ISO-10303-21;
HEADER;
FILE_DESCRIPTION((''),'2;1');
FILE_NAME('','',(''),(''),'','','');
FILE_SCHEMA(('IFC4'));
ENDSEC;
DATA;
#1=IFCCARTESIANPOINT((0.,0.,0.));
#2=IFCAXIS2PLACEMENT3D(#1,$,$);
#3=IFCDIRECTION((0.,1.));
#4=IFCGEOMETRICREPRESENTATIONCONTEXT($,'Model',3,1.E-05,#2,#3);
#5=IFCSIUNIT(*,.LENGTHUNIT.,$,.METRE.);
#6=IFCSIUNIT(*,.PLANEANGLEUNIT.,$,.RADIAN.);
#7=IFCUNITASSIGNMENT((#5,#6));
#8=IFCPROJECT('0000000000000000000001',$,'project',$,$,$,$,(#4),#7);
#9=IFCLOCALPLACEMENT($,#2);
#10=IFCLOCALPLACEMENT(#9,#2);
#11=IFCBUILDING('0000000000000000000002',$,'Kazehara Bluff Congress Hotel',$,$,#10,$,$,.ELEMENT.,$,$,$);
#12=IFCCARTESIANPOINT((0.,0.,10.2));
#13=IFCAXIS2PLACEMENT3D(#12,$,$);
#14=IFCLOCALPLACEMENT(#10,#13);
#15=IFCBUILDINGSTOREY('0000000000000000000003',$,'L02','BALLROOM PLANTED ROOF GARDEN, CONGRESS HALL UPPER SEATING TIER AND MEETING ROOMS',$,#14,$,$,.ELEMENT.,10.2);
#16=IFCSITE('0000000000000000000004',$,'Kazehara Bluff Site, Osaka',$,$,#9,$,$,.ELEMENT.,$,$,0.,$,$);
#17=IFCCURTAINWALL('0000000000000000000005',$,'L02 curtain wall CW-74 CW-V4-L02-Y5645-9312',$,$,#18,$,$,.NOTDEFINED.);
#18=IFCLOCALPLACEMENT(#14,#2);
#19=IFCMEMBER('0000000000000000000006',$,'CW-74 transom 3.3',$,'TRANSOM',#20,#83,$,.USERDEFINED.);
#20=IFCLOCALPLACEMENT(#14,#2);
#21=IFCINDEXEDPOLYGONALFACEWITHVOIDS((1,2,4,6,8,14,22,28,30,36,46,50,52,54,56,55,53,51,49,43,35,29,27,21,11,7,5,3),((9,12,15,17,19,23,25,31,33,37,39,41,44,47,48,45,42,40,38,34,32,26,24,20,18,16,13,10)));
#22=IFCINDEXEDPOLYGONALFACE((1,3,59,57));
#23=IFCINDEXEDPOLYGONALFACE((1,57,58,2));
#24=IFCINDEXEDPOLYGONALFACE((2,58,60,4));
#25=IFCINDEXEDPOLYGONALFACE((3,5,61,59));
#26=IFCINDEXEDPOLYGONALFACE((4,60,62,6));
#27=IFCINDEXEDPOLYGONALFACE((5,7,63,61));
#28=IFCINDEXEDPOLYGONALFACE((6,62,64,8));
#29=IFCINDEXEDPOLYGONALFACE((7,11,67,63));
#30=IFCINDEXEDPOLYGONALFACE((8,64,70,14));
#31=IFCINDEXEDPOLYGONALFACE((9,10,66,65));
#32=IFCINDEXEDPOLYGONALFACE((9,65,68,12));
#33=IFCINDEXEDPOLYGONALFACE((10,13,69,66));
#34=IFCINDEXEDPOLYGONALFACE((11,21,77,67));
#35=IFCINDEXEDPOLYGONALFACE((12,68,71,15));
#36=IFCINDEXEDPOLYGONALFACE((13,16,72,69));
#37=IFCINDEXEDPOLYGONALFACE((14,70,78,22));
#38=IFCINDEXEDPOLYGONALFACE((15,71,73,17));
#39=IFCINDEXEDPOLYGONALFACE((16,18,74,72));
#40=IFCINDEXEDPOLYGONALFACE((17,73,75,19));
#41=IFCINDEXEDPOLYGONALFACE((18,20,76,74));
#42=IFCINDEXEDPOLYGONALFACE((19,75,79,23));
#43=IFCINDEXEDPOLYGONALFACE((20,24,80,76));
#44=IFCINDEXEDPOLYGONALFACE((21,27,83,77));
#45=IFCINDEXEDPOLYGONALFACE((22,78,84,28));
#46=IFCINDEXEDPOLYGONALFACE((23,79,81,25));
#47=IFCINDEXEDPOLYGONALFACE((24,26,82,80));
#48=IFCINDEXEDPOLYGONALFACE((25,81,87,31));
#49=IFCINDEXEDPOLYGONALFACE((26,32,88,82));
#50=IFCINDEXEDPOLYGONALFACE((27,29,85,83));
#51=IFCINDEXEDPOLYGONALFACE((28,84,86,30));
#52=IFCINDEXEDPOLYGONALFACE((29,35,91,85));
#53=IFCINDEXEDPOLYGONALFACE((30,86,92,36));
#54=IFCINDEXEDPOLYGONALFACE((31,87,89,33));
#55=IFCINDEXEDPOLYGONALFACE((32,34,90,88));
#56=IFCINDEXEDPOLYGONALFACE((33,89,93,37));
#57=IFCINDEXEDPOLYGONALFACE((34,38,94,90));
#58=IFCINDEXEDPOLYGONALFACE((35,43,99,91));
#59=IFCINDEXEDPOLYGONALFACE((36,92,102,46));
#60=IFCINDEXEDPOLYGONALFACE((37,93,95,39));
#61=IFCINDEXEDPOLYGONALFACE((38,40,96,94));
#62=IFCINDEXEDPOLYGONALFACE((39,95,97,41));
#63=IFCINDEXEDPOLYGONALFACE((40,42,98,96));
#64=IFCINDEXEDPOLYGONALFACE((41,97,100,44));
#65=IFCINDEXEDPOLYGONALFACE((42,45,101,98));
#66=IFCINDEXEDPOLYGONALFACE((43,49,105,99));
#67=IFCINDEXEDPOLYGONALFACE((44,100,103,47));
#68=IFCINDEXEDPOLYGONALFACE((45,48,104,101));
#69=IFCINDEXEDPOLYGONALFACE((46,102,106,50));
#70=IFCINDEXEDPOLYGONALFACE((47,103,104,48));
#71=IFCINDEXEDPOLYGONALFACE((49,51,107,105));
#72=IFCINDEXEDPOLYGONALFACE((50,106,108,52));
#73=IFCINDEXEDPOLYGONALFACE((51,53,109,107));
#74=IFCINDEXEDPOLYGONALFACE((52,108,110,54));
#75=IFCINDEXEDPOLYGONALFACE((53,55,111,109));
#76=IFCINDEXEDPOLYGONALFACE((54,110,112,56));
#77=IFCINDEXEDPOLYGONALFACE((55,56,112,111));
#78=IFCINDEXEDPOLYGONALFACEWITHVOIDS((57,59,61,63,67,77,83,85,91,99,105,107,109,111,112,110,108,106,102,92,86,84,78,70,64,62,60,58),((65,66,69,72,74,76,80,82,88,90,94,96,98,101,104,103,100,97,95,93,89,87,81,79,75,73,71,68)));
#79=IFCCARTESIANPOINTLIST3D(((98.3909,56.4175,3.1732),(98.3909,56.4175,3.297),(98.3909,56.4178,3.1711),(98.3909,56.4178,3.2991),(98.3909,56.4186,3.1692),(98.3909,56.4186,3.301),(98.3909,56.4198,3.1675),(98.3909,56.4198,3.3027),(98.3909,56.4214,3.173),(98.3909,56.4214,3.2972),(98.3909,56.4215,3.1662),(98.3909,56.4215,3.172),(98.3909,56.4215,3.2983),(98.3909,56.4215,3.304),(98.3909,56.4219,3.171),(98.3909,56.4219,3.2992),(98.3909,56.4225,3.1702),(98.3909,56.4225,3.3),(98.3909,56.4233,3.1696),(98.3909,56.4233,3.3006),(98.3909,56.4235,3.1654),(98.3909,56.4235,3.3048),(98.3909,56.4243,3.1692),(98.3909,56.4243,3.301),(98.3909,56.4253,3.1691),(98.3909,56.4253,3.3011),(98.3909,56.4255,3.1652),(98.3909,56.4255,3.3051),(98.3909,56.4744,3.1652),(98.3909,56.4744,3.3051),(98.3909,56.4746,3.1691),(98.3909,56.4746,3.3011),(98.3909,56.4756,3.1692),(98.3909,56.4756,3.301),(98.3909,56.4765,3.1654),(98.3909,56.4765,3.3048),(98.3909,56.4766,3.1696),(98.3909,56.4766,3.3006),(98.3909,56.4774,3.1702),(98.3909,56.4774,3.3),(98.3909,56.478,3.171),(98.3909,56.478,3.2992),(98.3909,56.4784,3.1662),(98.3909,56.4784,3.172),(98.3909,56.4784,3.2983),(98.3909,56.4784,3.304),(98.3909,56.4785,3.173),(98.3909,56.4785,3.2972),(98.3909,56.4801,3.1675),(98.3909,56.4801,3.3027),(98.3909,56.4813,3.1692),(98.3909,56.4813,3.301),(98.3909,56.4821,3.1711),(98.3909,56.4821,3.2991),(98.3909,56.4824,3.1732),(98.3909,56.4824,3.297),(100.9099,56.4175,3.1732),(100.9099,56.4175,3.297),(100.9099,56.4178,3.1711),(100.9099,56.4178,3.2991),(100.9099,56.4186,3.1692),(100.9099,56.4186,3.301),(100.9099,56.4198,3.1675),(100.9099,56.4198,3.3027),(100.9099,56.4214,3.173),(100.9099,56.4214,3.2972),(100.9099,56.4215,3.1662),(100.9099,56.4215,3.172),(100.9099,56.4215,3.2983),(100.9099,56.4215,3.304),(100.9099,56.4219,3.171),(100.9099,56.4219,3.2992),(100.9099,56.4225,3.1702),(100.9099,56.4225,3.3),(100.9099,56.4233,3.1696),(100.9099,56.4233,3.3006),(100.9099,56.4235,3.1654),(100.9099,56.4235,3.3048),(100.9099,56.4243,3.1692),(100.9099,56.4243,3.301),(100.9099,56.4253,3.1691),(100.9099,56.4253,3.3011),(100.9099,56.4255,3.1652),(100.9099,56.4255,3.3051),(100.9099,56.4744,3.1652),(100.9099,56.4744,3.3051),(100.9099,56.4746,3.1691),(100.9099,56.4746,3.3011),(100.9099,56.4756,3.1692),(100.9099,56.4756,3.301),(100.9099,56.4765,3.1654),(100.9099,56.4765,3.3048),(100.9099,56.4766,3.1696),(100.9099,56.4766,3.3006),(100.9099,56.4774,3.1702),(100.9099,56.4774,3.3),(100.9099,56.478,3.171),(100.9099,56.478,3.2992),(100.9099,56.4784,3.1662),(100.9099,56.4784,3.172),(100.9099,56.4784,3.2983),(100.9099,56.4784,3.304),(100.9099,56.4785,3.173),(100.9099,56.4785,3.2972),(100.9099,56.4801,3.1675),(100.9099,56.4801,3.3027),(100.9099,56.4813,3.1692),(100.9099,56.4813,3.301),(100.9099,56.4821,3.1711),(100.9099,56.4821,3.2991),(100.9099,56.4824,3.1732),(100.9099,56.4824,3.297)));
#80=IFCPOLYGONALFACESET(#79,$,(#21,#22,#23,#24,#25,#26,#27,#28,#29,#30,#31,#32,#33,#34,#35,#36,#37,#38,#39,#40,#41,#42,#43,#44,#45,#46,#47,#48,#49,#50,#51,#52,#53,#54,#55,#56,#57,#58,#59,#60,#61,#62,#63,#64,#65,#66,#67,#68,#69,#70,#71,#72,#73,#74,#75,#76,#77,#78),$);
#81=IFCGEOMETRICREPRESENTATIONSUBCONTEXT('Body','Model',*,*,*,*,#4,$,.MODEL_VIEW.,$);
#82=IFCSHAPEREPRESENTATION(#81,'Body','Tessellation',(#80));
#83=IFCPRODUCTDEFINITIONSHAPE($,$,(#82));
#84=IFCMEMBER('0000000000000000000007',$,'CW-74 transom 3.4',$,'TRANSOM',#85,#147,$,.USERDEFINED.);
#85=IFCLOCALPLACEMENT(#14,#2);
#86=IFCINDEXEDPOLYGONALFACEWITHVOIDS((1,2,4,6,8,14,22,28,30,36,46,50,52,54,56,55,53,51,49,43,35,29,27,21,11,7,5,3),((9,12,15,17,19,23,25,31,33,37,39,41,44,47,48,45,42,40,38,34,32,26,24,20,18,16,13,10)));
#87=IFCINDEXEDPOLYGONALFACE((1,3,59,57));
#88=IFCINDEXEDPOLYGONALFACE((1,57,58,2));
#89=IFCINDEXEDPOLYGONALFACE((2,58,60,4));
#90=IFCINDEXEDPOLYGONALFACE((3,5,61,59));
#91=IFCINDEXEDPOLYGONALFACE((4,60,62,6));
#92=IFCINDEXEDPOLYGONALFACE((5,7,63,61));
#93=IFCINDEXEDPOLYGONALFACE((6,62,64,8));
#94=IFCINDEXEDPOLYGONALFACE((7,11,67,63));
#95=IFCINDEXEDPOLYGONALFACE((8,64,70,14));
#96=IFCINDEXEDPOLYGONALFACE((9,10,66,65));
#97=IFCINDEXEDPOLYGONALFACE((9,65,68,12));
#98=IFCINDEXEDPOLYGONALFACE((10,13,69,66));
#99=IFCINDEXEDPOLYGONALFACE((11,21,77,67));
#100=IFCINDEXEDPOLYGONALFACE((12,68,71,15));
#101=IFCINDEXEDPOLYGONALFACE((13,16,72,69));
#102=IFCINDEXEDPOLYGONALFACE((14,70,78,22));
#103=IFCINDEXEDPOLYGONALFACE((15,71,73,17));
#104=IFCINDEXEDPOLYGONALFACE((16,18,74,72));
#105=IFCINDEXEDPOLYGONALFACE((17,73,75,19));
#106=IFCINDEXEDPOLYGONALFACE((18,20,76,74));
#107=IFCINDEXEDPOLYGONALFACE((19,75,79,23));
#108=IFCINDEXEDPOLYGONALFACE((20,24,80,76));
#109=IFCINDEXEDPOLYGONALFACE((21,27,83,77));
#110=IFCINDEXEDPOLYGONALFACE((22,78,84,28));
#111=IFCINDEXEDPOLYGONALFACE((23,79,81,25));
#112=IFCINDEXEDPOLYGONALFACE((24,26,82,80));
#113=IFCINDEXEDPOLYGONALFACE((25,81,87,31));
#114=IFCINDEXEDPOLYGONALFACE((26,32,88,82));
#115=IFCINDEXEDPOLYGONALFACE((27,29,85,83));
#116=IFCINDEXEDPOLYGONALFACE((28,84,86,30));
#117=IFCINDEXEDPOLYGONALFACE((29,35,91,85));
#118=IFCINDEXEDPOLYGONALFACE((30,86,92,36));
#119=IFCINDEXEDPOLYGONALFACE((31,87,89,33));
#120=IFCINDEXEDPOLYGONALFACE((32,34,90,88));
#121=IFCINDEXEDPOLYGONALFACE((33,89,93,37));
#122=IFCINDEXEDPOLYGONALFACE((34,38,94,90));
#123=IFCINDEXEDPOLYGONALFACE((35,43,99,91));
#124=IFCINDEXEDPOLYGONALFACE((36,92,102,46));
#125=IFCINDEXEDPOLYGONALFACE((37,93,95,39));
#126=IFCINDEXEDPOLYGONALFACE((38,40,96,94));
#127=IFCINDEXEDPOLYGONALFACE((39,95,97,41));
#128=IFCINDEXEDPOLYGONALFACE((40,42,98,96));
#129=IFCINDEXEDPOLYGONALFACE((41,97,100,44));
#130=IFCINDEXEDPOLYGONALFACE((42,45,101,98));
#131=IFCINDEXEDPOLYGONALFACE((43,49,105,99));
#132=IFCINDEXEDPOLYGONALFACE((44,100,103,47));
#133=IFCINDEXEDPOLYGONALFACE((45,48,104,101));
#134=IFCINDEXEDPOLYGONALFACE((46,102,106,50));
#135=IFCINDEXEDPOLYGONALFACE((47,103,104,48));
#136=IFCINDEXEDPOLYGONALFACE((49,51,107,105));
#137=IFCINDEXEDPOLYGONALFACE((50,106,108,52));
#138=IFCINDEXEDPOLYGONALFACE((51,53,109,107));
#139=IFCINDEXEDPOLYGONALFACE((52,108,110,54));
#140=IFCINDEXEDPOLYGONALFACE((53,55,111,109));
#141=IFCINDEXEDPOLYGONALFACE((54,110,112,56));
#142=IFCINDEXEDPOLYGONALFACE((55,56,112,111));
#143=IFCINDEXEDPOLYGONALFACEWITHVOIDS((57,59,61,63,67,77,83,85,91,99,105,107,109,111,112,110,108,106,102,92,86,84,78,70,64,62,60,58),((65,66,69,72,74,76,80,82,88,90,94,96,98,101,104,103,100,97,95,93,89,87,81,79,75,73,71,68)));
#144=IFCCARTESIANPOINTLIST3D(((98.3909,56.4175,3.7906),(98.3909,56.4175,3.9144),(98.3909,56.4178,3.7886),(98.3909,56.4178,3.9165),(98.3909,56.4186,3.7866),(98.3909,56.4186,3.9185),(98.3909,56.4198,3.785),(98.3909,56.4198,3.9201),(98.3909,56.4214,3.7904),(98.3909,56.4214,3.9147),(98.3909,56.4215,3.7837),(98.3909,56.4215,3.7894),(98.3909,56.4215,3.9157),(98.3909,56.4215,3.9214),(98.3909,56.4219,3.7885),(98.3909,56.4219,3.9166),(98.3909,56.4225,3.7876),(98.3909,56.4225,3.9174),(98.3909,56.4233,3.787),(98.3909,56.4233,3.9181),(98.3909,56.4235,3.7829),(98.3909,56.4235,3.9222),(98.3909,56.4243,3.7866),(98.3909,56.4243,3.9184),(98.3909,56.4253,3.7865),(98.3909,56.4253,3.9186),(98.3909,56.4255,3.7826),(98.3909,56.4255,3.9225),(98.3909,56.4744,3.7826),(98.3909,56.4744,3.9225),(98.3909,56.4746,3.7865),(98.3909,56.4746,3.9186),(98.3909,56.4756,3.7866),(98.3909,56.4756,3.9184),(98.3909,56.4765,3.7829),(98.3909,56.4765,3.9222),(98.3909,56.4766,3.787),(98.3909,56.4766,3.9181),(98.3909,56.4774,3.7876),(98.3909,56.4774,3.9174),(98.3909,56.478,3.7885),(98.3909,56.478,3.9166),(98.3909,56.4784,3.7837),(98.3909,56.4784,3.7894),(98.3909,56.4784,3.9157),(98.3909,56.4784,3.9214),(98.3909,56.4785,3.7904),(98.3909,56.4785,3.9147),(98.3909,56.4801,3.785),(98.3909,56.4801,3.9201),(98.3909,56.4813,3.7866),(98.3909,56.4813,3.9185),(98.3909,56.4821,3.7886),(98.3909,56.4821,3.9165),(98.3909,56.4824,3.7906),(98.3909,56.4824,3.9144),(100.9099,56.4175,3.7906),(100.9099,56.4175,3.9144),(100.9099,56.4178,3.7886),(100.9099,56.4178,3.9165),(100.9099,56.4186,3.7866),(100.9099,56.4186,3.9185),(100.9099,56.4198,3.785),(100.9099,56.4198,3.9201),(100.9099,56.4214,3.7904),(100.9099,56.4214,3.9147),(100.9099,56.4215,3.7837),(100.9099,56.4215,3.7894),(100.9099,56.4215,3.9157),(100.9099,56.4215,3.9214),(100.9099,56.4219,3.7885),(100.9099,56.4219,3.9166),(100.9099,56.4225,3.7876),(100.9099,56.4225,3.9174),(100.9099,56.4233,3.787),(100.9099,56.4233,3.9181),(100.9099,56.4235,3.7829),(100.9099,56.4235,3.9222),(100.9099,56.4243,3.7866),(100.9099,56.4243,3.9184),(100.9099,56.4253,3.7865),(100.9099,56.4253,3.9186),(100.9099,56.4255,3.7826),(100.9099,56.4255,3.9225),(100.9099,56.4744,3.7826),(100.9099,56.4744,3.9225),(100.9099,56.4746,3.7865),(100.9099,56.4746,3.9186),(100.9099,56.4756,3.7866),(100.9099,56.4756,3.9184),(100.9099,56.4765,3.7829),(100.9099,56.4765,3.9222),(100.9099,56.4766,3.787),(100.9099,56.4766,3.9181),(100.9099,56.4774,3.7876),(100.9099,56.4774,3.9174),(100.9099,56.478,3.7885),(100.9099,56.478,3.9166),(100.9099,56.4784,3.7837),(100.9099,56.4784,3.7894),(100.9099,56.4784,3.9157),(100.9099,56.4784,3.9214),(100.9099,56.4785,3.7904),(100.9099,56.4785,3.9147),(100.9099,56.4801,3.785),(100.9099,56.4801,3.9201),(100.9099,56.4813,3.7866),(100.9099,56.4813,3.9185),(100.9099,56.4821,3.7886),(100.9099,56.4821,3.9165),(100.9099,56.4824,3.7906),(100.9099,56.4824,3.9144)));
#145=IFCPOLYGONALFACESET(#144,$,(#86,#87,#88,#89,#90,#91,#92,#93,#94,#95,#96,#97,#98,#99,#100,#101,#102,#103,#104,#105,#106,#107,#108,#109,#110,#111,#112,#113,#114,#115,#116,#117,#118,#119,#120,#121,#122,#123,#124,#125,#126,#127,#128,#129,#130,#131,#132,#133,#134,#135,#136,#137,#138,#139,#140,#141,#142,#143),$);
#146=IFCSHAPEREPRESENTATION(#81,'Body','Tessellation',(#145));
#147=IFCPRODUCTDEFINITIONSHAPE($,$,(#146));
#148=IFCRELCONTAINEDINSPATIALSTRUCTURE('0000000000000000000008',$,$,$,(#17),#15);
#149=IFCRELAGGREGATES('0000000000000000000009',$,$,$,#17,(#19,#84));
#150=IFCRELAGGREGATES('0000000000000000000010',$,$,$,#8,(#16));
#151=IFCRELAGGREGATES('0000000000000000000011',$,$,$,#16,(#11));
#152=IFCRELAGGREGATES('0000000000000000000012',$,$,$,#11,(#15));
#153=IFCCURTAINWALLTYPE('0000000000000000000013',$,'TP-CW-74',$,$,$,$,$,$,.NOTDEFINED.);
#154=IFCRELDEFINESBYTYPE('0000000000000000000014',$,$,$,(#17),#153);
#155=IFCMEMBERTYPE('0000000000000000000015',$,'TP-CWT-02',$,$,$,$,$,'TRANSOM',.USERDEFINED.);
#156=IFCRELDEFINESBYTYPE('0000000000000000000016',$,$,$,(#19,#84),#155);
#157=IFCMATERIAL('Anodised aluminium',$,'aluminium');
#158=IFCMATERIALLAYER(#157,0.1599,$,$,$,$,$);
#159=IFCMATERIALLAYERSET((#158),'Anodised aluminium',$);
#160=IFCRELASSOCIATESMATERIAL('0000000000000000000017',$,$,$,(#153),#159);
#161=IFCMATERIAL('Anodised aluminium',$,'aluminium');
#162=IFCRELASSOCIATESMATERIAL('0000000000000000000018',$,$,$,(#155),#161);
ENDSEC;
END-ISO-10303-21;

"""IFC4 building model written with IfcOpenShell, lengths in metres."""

from ifc_helpers import new_model, si_unit, direction, frame, origin, origin_2d, place, context, subcontext, project, spatial, hollow_rectangle, extrude, material, layer, layer_set, material_profile, profile_set, type_object, element, aggregate, save


model = new_model("IFC4")

# Units and contexts
model_context = context("Model", 3, precision=1e-05, world=origin(), true_north=direction((0.0, 1.0)))
body_context = subcontext(model_context, "Body", "Model", "MODEL_VIEW")
ifc_project = project(units=[si_unit("LENGTHUNIT", "METRE"), si_unit("PLANEANGLEUNIT", "RADIAN")], contexts=[model_context])

# Site, building, storey
site_placement = place(None, origin())
site = spatial("IfcSite", under=ifc_project, at=site_placement, Name="Kazehara Bluff Site, Osaka", CompositionType="ELEMENT", RefElevation=0.0)
building_placement = place(site_placement, origin())
building = spatial("IfcBuilding", under=site, at=building_placement, Name="Kazehara Bluff Congress Hotel", CompositionType="ELEMENT")
storey_placement = place(building_placement, frame((0.0, 0.0, 10.2)))
storey = spatial("IfcBuildingStorey", under=building, at=storey_placement, Name="L02", Description="BALLROOM PLANTED ROOF GARDEN, CONGRESS HALL UPPER SEATING TIER AND MEETING ROOMS", CompositionType="ELEMENT", Elevation=10.2)

# Curtain wall
ifc_material_1 = material(Name="Anodised aluminium", Category="aluminium")
ifc_layer_1 = layer(ifc_material_1, 0.1599)
ifc_layer_set_1 = layer_set([ifc_layer_1], Name="Anodised aluminium")
curtain_wall_type_1 = type_object("IfcCurtainWallType", Name="TP-CW-74", PredefinedType="NOTDEFINED", material=ifc_layer_set_1)
curtain_wall_1_placement = place(storey_placement, origin())
curtain_wall_1 = element("IfcCurtainWall", 1, at=curtain_wall_1_placement, inside=storey, type_object=curtain_wall_type_1, Name="L02 curtain wall CW-74 CW-V4-L02-Y5645-9312", PredefinedType="NOTDEFINED")

# Members
ifc_material_2 = material(Name="Anodised aluminium", Category="aluminium")
ifc_material_profile_1 = material_profile(ifc_material_2, hollow_rectangle(XDim=0.0649, YDim=0.1399, WallThickness=0.0039, InnerFilletRadius=0.0039, OuterFilletRadius=0.0081, at=origin_2d()))
ifc_profile_set_1 = profile_set([ifc_material_profile_1], Name="Anodised aluminium")
member_type_1 = type_object("IfcMemberType", Name="TP-CWT-02", ElementType="TRANSOM", PredefinedType="USERDEFINED", material=ifc_profile_set_1)
member_1_placement = place(storey_placement, frame((98.3909, 56.45, 3.2351), z_axis=(1.0, 0.0, 0.0), x_axis=(0.0, 1.0, 0.0)))
member_1 = element("IfcMember", 2, at=member_1_placement, type_object=member_type_1, Name="CW-74 transom 3.3", ObjectType="TRANSOM", PredefinedType="USERDEFINED", context=body_context, shape_type="SweptSolid", body=[
    extrude(hollow_rectangle(XDim=0.0649, YDim=0.1399, WallThickness=0.0039, InnerFilletRadius=0.0039, OuterFilletRadius=0.0081, at=origin_2d()), origin(), (0.0, 0.0, 1.0), 2.519),
])
member_2_placement = place(storey_placement, frame((98.3909, 56.45, 3.8525), z_axis=(1.0, 0.0, 0.0), x_axis=(0.0, 1.0, 0.0)))
member_2 = element("IfcMember", 3, at=member_2_placement, type_object=member_type_1, Name="CW-74 transom 3.4", ObjectType="TRANSOM", PredefinedType="USERDEFINED", context=body_context, shape_type="SweptSolid", body=[
    extrude(hollow_rectangle(XDim=0.0649, YDim=0.1399, WallThickness=0.0039, InnerFilletRadius=0.0039, OuterFilletRadius=0.0081, at=origin_2d()), origin(), (0.0, 0.0, 1.0), 2.519),
])

aggregate(curtain_wall_1, [member_1, member_2])

save(model, "model.ifc")
